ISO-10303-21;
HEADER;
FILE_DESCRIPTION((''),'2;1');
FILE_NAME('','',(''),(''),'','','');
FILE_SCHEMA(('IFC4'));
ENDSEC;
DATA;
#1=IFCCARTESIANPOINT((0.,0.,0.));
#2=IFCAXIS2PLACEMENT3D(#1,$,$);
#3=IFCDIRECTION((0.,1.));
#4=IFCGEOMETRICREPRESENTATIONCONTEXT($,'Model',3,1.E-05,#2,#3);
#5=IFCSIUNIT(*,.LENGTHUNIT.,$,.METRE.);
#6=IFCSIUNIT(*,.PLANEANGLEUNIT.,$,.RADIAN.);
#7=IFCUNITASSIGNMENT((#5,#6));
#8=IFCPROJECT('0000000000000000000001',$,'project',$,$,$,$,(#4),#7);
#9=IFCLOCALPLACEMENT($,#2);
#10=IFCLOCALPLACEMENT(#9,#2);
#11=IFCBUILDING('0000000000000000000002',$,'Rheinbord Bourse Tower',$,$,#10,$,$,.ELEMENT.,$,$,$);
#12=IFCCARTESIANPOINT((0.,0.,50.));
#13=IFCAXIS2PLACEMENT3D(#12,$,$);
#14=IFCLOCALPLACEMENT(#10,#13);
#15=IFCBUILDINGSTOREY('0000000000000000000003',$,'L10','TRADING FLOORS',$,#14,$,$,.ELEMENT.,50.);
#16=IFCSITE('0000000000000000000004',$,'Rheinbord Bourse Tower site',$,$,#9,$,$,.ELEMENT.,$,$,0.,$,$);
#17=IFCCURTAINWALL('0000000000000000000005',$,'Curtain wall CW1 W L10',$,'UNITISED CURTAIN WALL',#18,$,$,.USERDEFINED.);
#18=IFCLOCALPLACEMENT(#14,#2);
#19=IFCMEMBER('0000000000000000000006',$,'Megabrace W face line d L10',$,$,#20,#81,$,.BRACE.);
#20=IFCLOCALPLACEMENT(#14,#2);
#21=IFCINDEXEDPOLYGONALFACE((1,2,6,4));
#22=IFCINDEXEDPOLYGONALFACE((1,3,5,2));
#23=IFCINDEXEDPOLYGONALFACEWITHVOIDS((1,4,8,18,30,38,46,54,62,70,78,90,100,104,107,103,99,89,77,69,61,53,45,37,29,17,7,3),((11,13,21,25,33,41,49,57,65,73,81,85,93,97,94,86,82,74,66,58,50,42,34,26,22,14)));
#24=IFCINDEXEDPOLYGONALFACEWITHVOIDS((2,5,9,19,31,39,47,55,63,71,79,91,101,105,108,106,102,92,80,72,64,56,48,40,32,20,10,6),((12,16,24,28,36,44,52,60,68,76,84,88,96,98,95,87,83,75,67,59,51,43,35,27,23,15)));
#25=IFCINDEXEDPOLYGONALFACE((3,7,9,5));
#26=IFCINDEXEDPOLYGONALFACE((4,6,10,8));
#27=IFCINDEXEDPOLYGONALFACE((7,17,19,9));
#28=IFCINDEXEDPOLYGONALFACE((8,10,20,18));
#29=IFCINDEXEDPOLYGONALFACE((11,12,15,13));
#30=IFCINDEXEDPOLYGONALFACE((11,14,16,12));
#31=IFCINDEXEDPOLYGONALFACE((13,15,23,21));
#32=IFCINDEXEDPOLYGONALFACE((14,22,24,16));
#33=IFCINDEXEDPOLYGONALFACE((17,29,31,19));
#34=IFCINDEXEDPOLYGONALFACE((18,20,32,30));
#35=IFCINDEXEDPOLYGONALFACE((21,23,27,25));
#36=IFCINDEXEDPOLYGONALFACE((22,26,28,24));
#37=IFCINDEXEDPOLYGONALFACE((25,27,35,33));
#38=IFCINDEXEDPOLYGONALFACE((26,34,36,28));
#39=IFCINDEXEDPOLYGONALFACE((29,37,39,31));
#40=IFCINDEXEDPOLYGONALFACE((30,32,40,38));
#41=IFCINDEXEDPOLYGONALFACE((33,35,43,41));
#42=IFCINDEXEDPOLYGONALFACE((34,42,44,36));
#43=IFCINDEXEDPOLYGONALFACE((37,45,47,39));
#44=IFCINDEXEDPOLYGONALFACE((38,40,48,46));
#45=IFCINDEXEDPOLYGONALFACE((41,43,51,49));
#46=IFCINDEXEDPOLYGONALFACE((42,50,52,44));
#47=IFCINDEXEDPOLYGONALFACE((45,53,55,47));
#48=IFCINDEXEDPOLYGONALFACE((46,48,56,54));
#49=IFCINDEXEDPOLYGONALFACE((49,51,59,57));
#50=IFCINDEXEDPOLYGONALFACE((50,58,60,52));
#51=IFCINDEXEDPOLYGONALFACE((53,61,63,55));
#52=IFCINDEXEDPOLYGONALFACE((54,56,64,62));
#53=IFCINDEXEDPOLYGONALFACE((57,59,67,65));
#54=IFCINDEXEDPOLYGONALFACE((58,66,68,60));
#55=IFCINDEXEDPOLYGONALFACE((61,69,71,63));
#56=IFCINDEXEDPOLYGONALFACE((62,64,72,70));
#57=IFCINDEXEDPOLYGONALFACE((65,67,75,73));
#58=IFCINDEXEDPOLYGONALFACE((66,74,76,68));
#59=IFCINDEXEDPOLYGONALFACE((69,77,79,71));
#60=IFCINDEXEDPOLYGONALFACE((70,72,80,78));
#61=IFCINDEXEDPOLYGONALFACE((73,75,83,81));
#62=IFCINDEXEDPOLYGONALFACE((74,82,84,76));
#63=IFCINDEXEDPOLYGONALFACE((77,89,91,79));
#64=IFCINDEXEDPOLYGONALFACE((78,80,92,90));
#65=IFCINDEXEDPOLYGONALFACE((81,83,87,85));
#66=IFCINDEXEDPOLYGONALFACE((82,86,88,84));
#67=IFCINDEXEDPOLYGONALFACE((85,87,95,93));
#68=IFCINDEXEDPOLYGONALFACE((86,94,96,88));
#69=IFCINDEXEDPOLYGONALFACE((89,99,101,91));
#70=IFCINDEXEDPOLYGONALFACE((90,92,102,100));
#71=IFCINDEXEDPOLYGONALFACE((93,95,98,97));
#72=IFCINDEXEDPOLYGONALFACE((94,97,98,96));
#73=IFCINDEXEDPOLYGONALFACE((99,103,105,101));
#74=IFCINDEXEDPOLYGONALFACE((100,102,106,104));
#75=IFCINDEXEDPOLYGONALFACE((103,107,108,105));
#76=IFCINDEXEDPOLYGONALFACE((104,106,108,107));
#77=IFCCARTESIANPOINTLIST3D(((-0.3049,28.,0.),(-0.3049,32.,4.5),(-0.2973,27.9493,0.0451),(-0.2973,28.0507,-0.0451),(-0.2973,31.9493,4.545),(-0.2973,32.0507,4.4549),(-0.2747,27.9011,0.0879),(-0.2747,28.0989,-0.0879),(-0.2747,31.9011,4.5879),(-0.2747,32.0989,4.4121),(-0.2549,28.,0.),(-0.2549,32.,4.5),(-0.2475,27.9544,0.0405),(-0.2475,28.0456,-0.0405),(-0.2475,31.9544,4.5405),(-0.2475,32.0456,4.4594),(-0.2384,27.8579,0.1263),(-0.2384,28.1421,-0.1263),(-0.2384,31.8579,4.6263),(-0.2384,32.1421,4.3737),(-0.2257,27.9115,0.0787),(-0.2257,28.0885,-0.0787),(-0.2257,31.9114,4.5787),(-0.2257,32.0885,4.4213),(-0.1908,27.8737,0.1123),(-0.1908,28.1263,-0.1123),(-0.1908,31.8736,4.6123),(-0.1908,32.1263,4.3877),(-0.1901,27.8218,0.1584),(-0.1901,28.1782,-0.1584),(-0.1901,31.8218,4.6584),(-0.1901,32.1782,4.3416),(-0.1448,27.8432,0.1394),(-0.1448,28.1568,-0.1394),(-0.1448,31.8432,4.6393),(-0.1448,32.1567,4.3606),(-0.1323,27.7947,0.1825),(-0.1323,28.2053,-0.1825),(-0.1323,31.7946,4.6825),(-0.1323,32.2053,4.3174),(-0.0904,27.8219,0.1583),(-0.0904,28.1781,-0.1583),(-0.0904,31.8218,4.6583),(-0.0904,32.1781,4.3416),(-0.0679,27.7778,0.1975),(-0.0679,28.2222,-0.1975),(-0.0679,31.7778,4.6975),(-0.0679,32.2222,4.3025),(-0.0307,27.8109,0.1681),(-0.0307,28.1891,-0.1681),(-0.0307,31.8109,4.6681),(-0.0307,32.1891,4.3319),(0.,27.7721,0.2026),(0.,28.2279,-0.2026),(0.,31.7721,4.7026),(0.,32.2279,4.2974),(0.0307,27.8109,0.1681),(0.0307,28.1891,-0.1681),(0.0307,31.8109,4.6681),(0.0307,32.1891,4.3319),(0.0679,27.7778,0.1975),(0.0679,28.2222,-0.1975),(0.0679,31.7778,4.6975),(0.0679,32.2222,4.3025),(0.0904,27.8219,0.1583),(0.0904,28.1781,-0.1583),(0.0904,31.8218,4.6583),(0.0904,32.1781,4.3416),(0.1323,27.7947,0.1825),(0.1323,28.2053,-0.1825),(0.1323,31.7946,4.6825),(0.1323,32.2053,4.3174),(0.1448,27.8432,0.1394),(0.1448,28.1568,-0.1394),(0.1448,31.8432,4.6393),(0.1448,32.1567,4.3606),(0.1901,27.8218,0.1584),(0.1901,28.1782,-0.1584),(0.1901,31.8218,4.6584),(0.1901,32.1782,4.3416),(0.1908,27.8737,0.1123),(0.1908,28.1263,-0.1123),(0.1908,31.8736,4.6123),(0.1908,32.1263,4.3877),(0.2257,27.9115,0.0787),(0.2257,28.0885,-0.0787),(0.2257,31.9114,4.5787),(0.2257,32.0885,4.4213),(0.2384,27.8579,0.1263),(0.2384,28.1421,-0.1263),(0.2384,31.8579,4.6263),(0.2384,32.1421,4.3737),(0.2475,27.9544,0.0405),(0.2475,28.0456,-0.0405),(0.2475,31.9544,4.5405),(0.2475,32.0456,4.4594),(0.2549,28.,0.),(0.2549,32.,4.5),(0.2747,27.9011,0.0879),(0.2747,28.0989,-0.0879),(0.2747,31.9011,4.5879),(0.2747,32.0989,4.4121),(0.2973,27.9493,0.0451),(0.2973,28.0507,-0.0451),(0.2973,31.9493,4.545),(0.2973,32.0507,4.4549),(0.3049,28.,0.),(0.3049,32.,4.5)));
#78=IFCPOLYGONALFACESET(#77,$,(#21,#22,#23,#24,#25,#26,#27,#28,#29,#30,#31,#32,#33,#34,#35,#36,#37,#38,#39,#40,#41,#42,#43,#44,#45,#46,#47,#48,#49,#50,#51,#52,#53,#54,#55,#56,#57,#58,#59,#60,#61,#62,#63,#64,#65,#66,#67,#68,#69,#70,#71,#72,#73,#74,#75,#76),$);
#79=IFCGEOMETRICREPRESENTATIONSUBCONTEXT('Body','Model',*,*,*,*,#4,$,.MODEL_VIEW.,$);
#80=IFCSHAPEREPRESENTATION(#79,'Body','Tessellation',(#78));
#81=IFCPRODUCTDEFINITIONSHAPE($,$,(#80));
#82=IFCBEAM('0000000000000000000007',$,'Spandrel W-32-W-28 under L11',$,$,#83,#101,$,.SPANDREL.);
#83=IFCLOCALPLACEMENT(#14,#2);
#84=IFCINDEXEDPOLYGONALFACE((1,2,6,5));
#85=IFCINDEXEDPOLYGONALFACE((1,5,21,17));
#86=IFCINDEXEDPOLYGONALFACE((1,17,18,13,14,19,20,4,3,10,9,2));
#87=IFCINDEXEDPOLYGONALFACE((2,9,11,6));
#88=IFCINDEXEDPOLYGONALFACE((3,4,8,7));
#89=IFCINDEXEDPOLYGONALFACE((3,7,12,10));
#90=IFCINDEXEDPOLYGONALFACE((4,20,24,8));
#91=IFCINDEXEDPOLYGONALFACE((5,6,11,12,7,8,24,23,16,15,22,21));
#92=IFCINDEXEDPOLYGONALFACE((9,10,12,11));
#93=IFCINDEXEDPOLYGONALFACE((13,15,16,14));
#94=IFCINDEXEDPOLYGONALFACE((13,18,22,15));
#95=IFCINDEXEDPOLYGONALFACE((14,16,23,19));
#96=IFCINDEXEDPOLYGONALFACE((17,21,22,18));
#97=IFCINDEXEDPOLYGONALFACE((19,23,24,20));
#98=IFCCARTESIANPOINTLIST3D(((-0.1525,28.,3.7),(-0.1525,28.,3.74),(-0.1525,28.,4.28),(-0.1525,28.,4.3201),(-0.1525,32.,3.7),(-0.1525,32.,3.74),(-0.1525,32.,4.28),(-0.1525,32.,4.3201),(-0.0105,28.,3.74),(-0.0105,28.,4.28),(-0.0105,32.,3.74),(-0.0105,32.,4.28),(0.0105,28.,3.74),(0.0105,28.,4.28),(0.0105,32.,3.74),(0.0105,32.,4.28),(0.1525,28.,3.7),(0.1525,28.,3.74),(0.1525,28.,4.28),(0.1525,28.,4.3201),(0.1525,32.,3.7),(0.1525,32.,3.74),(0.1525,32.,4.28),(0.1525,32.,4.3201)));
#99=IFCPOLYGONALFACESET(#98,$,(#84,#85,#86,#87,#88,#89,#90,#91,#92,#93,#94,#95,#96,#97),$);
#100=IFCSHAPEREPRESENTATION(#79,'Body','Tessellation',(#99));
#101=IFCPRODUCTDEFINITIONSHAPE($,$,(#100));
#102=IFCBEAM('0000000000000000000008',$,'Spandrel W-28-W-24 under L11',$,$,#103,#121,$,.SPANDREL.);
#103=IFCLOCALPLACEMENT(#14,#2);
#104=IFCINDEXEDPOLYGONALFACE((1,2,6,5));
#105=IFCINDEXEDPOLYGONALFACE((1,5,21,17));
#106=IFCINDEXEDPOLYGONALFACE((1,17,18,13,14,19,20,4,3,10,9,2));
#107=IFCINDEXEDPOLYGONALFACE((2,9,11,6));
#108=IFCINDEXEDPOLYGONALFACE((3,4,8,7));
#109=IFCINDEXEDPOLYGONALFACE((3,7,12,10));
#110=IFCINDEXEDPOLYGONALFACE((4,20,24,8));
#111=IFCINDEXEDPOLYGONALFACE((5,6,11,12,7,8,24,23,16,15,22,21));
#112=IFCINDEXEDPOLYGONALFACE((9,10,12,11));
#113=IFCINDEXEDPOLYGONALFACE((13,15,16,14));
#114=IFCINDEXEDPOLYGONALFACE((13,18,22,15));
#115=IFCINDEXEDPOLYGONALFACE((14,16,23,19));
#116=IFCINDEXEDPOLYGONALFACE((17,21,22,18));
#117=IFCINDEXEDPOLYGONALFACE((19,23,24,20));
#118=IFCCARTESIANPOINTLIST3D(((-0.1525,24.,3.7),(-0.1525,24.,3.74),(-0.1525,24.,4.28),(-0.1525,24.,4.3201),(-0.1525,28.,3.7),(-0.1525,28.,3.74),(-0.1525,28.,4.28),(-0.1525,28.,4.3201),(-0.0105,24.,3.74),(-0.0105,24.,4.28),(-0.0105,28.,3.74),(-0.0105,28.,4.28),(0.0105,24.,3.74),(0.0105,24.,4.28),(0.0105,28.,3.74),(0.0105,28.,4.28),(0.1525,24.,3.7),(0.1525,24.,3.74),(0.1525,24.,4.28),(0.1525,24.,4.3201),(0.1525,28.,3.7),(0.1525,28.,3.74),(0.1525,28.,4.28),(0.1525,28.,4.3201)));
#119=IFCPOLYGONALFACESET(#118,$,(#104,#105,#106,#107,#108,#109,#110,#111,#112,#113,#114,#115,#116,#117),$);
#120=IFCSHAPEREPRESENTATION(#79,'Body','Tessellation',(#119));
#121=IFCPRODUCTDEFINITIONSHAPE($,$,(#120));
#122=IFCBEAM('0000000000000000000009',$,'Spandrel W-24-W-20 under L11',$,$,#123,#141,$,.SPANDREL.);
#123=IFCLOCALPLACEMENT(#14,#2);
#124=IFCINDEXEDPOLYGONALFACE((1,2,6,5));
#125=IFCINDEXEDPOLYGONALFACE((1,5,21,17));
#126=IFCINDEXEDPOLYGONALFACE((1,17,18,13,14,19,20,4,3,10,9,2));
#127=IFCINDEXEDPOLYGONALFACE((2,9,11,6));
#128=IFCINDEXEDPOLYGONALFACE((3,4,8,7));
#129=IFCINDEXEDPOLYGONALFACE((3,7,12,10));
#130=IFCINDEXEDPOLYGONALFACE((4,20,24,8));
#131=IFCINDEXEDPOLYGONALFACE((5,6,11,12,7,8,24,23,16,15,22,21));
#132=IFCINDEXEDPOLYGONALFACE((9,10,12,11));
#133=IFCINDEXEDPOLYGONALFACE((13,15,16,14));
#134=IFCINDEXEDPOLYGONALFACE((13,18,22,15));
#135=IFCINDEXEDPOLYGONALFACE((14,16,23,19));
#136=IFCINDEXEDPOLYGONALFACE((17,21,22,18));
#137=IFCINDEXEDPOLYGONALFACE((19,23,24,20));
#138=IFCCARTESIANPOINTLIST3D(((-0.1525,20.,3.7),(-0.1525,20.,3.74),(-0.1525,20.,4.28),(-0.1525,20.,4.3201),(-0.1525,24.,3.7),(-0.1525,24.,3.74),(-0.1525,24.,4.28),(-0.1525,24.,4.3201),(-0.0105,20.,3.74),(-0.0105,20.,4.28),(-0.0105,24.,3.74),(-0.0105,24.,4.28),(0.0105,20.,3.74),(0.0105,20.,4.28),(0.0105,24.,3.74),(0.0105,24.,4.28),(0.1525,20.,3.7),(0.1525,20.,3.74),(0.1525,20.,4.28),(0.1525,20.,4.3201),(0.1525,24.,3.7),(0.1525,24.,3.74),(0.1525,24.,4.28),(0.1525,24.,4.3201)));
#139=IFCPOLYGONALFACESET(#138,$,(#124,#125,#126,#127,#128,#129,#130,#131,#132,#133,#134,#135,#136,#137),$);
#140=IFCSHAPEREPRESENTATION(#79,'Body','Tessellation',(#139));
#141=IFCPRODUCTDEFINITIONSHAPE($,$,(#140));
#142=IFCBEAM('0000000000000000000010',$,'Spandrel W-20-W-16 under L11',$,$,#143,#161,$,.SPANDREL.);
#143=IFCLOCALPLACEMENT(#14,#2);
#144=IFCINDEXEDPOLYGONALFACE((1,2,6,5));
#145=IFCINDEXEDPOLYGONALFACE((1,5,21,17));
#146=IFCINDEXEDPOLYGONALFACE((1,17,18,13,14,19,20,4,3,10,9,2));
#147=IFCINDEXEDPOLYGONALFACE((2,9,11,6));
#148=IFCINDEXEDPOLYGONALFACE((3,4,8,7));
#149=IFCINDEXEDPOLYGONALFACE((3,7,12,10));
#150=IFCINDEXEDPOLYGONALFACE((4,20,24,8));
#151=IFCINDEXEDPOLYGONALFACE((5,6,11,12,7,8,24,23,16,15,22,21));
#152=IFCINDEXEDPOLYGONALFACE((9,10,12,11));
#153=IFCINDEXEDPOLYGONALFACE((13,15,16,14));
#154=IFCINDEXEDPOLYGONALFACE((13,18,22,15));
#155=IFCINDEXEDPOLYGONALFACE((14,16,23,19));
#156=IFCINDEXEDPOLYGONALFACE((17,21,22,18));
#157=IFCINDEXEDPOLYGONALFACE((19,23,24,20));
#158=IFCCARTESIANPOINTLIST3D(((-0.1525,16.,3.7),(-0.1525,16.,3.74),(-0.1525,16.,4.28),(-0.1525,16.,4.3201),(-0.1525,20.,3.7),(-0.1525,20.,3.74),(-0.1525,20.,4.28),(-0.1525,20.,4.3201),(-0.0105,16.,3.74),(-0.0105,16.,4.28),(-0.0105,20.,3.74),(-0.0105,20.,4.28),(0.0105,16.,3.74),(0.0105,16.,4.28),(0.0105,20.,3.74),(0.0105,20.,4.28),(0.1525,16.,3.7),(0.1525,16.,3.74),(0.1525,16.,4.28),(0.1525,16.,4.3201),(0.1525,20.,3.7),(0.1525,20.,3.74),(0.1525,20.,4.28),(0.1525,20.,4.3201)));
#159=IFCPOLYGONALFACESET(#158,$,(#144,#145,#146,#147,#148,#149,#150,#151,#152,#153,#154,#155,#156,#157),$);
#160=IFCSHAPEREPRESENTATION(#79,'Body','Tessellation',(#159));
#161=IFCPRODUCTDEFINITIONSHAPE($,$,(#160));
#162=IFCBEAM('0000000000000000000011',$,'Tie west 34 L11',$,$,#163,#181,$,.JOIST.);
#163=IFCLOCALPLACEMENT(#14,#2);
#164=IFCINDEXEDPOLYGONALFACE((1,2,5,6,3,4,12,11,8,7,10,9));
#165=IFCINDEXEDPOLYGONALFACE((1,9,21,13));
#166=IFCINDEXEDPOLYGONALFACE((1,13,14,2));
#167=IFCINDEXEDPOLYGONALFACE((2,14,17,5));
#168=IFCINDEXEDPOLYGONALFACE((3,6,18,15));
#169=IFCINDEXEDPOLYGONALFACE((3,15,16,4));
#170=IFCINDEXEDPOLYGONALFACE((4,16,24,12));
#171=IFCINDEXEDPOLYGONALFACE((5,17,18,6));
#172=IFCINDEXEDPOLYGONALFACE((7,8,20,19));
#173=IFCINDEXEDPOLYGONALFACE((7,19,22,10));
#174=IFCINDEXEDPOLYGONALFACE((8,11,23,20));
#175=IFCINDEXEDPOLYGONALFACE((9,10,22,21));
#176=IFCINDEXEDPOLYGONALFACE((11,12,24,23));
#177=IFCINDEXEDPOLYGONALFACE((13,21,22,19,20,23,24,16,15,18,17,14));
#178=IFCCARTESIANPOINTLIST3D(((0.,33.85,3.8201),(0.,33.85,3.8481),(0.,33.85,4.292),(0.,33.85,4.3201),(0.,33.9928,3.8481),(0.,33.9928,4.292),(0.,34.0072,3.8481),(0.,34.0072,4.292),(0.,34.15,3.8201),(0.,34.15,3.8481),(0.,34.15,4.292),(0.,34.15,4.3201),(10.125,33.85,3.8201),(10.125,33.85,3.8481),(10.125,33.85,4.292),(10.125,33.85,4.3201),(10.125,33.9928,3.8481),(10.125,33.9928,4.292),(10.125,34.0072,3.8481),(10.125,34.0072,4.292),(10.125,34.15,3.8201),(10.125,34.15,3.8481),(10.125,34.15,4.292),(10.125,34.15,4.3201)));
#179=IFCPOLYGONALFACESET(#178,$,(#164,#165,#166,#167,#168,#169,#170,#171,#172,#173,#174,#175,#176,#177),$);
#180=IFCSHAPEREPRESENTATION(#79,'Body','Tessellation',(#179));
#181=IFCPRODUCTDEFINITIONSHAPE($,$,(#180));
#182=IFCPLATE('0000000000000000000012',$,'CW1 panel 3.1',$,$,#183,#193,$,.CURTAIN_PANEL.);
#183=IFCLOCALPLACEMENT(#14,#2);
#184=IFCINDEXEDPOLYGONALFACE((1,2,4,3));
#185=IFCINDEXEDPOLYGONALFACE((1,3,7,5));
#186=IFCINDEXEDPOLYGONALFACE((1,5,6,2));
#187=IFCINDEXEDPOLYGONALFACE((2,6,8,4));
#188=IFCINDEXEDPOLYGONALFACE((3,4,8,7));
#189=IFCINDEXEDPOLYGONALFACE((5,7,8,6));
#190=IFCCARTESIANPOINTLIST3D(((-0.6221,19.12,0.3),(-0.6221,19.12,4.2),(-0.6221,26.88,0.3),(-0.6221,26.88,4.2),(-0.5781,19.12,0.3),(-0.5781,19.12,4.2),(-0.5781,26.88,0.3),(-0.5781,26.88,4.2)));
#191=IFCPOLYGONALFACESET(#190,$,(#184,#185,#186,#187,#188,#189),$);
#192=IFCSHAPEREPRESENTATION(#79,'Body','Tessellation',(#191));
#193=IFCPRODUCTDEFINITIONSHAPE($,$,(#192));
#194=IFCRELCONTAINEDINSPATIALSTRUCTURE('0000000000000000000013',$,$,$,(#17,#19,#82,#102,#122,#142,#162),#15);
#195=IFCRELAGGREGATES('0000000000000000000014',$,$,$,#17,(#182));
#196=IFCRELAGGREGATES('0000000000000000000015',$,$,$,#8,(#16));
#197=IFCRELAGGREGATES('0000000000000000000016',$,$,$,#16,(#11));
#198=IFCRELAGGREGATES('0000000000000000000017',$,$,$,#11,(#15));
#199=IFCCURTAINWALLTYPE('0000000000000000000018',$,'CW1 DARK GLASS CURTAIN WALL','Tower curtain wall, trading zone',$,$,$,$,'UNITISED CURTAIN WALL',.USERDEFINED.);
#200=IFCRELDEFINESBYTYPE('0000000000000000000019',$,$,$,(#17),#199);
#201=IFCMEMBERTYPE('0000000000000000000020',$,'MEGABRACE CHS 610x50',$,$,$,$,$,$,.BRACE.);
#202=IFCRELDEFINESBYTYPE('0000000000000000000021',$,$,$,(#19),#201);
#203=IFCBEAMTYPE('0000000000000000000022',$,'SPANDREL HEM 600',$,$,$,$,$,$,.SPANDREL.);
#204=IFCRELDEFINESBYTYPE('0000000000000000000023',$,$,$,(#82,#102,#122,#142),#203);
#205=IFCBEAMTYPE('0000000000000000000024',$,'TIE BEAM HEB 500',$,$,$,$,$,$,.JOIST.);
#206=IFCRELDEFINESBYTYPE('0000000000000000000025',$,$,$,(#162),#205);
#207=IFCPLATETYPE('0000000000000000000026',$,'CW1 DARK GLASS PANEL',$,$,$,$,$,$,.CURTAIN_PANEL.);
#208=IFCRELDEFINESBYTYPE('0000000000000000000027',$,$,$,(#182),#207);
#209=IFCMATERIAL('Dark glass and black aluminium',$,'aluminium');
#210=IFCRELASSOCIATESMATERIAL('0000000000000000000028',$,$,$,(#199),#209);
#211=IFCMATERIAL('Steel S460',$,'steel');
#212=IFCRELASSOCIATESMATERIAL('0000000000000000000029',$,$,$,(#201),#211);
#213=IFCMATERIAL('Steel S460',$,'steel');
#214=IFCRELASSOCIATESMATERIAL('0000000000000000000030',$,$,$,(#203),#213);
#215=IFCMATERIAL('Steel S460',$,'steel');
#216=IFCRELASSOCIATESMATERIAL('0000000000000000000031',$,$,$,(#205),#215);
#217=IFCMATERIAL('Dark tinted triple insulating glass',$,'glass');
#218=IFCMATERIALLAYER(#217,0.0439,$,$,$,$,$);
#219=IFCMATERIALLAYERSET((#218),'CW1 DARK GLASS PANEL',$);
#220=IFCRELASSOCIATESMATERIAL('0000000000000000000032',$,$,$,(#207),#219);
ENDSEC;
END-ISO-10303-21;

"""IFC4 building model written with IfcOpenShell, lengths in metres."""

from ifc_helpers import new_model, si_unit, direction, frame, origin, origin_2d, place, context, subcontext, project, spatial, rectangle, hollow_circle, i_section, extrude, material, layer, layer_set, material_profile, profile_set, type_object, element, aggregate, save


model = new_model("IFC4")

# Units and contexts
model_context = context("Model", 3, precision=1e-05, world=origin(), true_north=direction((0.0, 1.0)))
body_context = subcontext(model_context, "Body", "Model", "MODEL_VIEW")
ifc_project = project(units=[si_unit("LENGTHUNIT", "METRE"), si_unit("PLANEANGLEUNIT", "RADIAN")], contexts=[model_context])

# Site, building, storey
site_placement = place(None, origin())
site = spatial("IfcSite", under=ifc_project, at=site_placement, Name="Rheinbord Bourse Tower site", CompositionType="ELEMENT", RefElevation=0.0)
building_placement = place(site_placement, origin())
building = spatial("IfcBuilding", under=site, at=building_placement, Name="Rheinbord Bourse Tower", CompositionType="ELEMENT")
storey_placement = place(building_placement, frame((0.0, 0.0, 50.0)))
storey = spatial("IfcBuildingStorey", under=building, at=storey_placement, Name="L10", Description="TRADING FLOORS", CompositionType="ELEMENT", Elevation=50.0)

# Curtain wall
ifc_material_1 = material(Name="Dark glass and black aluminium", Category="aluminium")
curtain_wall_type = type_object("IfcCurtainWallType", Name="CW1 DARK GLASS CURTAIN WALL", Description="Tower curtain wall, trading zone", ElementType="UNITISED CURTAIN WALL", PredefinedType="USERDEFINED", material=ifc_material_1)
curtain_wall_placement = place(storey_placement, origin())
curtain_wall = element("IfcCurtainWall", 1, at=curtain_wall_placement, inside=storey, type_object=curtain_wall_type, Name="Curtain wall CW1 W L10", ObjectType="UNITISED CURTAIN WALL", PredefinedType="USERDEFINED")

# Member
ifc_material_2 = material(Name="Steel S460", Category="steel")
ifc_material_profile_1 = material_profile(ifc_material_2, hollow_circle(Radius=0.3049, WallThickness=0.05, at=origin_2d()), Name="CHS 610x50")
ifc_profile_set_1 = profile_set([ifc_material_profile_1], Name="Steel S460")
member_type_1 = type_object("IfcMemberType", Name="MEGABRACE CHS 610x50", PredefinedType="BRACE", material=ifc_profile_set_1)
for number, where, z_axis, x_axis, name in (
    (2, (0.0, 28.0, 0.0), (0.0, 0.664364, 0.747409), (-1.0, 0.0, 0.0), "Megabrace W face line d L10"),
):
    element("IfcMember", number, at=place(storey_placement, frame(where, z_axis=z_axis, x_axis=x_axis)), inside=storey, type_object=member_type_1, Name=name, PredefinedType="BRACE", context=body_context, shape_type="SweptSolid", body=[
        extrude(hollow_circle(Radius=0.3049, WallThickness=0.05, at=origin_2d()), origin(), (0.0, 0.0, 1.0), 6.0208),
    ])

# Beams
ifc_material_3 = material(Name="Steel S460", Category="steel")
ifc_material_profile_2 = material_profile(ifc_material_3, i_section(OverallWidth=0.3049, OverallDepth=0.6201, WebThickness=0.021, FlangeThickness=0.04, at=origin_2d()), Name="HEM 600")
ifc_profile_set_2 = profile_set([ifc_material_profile_2], Name="Steel S460")
beam_type_1 = type_object("IfcBeamType", Name="SPANDREL HEM 600", PredefinedType="SPANDREL", material=ifc_profile_set_2)
for number, where, z_axis, x_axis, name in (
    (3, (0.0, 32.0, 4.01), (0.0, -1.0, 0.0), (1.0, 0.0, 0.0), "Spandrel W-32-W-28 under L11"),
    (4, (0.0, 28.0, 4.01), (0.0, -1.0, 0.0), (1.0, 0.0, 0.0), "Spandrel W-28-W-24 under L11"),
    (5, (0.0, 24.0, 4.01), (0.0, -1.0, 0.0), (1.0, 0.0, 0.0), "Spandrel W-24-W-20 under L11"),
    (6, (0.0, 20.0, 4.01), (0.0, -1.0, 0.0), (1.0, 0.0, 0.0), "Spandrel W-20-W-16 under L11"),
):
    element("IfcBeam", number, at=place(storey_placement, frame(where, z_axis=z_axis, x_axis=x_axis)), inside=storey, type_object=beam_type_1, Name=name, PredefinedType="SPANDREL", context=body_context, shape_type="SweptSolid", body=[
        extrude(i_section(OverallWidth=0.3049, OverallDepth=0.6201, WebThickness=0.021, FlangeThickness=0.04, at=origin_2d()), origin(), (0.0, 0.0, 1.0), 4.0),
    ])
ifc_material_4 = material(Name="Steel S460", Category="steel")
ifc_material_profile_3 = material_profile(ifc_material_4, i_section(OverallWidth=0.3, OverallDepth=0.5, WebThickness=0.0144, FlangeThickness=0.0281, at=origin_2d()), Name="HEB 500")
ifc_profile_set_3 = profile_set([ifc_material_profile_3], Name="Steel S460")
beam_type_2 = type_object("IfcBeamType", Name="TIE BEAM HEB 500", PredefinedType="JOIST", material=ifc_profile_set_3)
beam_1_placement = place(storey_placement, frame((0.0, 34.0, 4.0701), z_axis=(1.0, 0.0, 0.0), x_axis=(0.0, 1.0, 0.0)))
element("IfcBeam", 7, at=beam_1_placement, inside=storey, type_object=beam_type_2, Name="Tie west 34 L11", PredefinedType="JOIST", context=body_context, shape_type="SweptSolid", body=[
    extrude(i_section(OverallWidth=0.3, OverallDepth=0.5, WebThickness=0.0144, FlangeThickness=0.0281, at=origin_2d()), origin(), (0.0, 0.0, 1.0), 10.125),
])

# Plate
ifc_material_5 = material(Name="Dark tinted triple insulating glass", Category="glass")
ifc_layer_1 = layer(ifc_material_5, 0.0439)
ifc_layer_set_1 = layer_set([ifc_layer_1], Name="CW1 DARK GLASS PANEL")
plate_type = type_object("IfcPlateType", Name="CW1 DARK GLASS PANEL", PredefinedType="CURTAIN_PANEL", material=ifc_layer_set_1)
plate_1_placement = place(storey_placement, frame((-0.6001, 23.0, 0.3), z_axis=(0.0, 0.0, 1.0), x_axis=(0.0, -1.0, 0.0)))
plate_1 = element("IfcPlate", 8, at=plate_1_placement, type_object=plate_type, Name="CW1 panel 3.1", PredefinedType="CURTAIN_PANEL", context=body_context, shape_type="SweptSolid", body=[
    extrude(rectangle(XDim=7.76, YDim=0.0439, at=origin_2d()), origin(), (0.0, 0.0, 1.0), 3.8999),
])
aggregate(curtain_wall, [plate_1])

save(model, "model.ifc")
